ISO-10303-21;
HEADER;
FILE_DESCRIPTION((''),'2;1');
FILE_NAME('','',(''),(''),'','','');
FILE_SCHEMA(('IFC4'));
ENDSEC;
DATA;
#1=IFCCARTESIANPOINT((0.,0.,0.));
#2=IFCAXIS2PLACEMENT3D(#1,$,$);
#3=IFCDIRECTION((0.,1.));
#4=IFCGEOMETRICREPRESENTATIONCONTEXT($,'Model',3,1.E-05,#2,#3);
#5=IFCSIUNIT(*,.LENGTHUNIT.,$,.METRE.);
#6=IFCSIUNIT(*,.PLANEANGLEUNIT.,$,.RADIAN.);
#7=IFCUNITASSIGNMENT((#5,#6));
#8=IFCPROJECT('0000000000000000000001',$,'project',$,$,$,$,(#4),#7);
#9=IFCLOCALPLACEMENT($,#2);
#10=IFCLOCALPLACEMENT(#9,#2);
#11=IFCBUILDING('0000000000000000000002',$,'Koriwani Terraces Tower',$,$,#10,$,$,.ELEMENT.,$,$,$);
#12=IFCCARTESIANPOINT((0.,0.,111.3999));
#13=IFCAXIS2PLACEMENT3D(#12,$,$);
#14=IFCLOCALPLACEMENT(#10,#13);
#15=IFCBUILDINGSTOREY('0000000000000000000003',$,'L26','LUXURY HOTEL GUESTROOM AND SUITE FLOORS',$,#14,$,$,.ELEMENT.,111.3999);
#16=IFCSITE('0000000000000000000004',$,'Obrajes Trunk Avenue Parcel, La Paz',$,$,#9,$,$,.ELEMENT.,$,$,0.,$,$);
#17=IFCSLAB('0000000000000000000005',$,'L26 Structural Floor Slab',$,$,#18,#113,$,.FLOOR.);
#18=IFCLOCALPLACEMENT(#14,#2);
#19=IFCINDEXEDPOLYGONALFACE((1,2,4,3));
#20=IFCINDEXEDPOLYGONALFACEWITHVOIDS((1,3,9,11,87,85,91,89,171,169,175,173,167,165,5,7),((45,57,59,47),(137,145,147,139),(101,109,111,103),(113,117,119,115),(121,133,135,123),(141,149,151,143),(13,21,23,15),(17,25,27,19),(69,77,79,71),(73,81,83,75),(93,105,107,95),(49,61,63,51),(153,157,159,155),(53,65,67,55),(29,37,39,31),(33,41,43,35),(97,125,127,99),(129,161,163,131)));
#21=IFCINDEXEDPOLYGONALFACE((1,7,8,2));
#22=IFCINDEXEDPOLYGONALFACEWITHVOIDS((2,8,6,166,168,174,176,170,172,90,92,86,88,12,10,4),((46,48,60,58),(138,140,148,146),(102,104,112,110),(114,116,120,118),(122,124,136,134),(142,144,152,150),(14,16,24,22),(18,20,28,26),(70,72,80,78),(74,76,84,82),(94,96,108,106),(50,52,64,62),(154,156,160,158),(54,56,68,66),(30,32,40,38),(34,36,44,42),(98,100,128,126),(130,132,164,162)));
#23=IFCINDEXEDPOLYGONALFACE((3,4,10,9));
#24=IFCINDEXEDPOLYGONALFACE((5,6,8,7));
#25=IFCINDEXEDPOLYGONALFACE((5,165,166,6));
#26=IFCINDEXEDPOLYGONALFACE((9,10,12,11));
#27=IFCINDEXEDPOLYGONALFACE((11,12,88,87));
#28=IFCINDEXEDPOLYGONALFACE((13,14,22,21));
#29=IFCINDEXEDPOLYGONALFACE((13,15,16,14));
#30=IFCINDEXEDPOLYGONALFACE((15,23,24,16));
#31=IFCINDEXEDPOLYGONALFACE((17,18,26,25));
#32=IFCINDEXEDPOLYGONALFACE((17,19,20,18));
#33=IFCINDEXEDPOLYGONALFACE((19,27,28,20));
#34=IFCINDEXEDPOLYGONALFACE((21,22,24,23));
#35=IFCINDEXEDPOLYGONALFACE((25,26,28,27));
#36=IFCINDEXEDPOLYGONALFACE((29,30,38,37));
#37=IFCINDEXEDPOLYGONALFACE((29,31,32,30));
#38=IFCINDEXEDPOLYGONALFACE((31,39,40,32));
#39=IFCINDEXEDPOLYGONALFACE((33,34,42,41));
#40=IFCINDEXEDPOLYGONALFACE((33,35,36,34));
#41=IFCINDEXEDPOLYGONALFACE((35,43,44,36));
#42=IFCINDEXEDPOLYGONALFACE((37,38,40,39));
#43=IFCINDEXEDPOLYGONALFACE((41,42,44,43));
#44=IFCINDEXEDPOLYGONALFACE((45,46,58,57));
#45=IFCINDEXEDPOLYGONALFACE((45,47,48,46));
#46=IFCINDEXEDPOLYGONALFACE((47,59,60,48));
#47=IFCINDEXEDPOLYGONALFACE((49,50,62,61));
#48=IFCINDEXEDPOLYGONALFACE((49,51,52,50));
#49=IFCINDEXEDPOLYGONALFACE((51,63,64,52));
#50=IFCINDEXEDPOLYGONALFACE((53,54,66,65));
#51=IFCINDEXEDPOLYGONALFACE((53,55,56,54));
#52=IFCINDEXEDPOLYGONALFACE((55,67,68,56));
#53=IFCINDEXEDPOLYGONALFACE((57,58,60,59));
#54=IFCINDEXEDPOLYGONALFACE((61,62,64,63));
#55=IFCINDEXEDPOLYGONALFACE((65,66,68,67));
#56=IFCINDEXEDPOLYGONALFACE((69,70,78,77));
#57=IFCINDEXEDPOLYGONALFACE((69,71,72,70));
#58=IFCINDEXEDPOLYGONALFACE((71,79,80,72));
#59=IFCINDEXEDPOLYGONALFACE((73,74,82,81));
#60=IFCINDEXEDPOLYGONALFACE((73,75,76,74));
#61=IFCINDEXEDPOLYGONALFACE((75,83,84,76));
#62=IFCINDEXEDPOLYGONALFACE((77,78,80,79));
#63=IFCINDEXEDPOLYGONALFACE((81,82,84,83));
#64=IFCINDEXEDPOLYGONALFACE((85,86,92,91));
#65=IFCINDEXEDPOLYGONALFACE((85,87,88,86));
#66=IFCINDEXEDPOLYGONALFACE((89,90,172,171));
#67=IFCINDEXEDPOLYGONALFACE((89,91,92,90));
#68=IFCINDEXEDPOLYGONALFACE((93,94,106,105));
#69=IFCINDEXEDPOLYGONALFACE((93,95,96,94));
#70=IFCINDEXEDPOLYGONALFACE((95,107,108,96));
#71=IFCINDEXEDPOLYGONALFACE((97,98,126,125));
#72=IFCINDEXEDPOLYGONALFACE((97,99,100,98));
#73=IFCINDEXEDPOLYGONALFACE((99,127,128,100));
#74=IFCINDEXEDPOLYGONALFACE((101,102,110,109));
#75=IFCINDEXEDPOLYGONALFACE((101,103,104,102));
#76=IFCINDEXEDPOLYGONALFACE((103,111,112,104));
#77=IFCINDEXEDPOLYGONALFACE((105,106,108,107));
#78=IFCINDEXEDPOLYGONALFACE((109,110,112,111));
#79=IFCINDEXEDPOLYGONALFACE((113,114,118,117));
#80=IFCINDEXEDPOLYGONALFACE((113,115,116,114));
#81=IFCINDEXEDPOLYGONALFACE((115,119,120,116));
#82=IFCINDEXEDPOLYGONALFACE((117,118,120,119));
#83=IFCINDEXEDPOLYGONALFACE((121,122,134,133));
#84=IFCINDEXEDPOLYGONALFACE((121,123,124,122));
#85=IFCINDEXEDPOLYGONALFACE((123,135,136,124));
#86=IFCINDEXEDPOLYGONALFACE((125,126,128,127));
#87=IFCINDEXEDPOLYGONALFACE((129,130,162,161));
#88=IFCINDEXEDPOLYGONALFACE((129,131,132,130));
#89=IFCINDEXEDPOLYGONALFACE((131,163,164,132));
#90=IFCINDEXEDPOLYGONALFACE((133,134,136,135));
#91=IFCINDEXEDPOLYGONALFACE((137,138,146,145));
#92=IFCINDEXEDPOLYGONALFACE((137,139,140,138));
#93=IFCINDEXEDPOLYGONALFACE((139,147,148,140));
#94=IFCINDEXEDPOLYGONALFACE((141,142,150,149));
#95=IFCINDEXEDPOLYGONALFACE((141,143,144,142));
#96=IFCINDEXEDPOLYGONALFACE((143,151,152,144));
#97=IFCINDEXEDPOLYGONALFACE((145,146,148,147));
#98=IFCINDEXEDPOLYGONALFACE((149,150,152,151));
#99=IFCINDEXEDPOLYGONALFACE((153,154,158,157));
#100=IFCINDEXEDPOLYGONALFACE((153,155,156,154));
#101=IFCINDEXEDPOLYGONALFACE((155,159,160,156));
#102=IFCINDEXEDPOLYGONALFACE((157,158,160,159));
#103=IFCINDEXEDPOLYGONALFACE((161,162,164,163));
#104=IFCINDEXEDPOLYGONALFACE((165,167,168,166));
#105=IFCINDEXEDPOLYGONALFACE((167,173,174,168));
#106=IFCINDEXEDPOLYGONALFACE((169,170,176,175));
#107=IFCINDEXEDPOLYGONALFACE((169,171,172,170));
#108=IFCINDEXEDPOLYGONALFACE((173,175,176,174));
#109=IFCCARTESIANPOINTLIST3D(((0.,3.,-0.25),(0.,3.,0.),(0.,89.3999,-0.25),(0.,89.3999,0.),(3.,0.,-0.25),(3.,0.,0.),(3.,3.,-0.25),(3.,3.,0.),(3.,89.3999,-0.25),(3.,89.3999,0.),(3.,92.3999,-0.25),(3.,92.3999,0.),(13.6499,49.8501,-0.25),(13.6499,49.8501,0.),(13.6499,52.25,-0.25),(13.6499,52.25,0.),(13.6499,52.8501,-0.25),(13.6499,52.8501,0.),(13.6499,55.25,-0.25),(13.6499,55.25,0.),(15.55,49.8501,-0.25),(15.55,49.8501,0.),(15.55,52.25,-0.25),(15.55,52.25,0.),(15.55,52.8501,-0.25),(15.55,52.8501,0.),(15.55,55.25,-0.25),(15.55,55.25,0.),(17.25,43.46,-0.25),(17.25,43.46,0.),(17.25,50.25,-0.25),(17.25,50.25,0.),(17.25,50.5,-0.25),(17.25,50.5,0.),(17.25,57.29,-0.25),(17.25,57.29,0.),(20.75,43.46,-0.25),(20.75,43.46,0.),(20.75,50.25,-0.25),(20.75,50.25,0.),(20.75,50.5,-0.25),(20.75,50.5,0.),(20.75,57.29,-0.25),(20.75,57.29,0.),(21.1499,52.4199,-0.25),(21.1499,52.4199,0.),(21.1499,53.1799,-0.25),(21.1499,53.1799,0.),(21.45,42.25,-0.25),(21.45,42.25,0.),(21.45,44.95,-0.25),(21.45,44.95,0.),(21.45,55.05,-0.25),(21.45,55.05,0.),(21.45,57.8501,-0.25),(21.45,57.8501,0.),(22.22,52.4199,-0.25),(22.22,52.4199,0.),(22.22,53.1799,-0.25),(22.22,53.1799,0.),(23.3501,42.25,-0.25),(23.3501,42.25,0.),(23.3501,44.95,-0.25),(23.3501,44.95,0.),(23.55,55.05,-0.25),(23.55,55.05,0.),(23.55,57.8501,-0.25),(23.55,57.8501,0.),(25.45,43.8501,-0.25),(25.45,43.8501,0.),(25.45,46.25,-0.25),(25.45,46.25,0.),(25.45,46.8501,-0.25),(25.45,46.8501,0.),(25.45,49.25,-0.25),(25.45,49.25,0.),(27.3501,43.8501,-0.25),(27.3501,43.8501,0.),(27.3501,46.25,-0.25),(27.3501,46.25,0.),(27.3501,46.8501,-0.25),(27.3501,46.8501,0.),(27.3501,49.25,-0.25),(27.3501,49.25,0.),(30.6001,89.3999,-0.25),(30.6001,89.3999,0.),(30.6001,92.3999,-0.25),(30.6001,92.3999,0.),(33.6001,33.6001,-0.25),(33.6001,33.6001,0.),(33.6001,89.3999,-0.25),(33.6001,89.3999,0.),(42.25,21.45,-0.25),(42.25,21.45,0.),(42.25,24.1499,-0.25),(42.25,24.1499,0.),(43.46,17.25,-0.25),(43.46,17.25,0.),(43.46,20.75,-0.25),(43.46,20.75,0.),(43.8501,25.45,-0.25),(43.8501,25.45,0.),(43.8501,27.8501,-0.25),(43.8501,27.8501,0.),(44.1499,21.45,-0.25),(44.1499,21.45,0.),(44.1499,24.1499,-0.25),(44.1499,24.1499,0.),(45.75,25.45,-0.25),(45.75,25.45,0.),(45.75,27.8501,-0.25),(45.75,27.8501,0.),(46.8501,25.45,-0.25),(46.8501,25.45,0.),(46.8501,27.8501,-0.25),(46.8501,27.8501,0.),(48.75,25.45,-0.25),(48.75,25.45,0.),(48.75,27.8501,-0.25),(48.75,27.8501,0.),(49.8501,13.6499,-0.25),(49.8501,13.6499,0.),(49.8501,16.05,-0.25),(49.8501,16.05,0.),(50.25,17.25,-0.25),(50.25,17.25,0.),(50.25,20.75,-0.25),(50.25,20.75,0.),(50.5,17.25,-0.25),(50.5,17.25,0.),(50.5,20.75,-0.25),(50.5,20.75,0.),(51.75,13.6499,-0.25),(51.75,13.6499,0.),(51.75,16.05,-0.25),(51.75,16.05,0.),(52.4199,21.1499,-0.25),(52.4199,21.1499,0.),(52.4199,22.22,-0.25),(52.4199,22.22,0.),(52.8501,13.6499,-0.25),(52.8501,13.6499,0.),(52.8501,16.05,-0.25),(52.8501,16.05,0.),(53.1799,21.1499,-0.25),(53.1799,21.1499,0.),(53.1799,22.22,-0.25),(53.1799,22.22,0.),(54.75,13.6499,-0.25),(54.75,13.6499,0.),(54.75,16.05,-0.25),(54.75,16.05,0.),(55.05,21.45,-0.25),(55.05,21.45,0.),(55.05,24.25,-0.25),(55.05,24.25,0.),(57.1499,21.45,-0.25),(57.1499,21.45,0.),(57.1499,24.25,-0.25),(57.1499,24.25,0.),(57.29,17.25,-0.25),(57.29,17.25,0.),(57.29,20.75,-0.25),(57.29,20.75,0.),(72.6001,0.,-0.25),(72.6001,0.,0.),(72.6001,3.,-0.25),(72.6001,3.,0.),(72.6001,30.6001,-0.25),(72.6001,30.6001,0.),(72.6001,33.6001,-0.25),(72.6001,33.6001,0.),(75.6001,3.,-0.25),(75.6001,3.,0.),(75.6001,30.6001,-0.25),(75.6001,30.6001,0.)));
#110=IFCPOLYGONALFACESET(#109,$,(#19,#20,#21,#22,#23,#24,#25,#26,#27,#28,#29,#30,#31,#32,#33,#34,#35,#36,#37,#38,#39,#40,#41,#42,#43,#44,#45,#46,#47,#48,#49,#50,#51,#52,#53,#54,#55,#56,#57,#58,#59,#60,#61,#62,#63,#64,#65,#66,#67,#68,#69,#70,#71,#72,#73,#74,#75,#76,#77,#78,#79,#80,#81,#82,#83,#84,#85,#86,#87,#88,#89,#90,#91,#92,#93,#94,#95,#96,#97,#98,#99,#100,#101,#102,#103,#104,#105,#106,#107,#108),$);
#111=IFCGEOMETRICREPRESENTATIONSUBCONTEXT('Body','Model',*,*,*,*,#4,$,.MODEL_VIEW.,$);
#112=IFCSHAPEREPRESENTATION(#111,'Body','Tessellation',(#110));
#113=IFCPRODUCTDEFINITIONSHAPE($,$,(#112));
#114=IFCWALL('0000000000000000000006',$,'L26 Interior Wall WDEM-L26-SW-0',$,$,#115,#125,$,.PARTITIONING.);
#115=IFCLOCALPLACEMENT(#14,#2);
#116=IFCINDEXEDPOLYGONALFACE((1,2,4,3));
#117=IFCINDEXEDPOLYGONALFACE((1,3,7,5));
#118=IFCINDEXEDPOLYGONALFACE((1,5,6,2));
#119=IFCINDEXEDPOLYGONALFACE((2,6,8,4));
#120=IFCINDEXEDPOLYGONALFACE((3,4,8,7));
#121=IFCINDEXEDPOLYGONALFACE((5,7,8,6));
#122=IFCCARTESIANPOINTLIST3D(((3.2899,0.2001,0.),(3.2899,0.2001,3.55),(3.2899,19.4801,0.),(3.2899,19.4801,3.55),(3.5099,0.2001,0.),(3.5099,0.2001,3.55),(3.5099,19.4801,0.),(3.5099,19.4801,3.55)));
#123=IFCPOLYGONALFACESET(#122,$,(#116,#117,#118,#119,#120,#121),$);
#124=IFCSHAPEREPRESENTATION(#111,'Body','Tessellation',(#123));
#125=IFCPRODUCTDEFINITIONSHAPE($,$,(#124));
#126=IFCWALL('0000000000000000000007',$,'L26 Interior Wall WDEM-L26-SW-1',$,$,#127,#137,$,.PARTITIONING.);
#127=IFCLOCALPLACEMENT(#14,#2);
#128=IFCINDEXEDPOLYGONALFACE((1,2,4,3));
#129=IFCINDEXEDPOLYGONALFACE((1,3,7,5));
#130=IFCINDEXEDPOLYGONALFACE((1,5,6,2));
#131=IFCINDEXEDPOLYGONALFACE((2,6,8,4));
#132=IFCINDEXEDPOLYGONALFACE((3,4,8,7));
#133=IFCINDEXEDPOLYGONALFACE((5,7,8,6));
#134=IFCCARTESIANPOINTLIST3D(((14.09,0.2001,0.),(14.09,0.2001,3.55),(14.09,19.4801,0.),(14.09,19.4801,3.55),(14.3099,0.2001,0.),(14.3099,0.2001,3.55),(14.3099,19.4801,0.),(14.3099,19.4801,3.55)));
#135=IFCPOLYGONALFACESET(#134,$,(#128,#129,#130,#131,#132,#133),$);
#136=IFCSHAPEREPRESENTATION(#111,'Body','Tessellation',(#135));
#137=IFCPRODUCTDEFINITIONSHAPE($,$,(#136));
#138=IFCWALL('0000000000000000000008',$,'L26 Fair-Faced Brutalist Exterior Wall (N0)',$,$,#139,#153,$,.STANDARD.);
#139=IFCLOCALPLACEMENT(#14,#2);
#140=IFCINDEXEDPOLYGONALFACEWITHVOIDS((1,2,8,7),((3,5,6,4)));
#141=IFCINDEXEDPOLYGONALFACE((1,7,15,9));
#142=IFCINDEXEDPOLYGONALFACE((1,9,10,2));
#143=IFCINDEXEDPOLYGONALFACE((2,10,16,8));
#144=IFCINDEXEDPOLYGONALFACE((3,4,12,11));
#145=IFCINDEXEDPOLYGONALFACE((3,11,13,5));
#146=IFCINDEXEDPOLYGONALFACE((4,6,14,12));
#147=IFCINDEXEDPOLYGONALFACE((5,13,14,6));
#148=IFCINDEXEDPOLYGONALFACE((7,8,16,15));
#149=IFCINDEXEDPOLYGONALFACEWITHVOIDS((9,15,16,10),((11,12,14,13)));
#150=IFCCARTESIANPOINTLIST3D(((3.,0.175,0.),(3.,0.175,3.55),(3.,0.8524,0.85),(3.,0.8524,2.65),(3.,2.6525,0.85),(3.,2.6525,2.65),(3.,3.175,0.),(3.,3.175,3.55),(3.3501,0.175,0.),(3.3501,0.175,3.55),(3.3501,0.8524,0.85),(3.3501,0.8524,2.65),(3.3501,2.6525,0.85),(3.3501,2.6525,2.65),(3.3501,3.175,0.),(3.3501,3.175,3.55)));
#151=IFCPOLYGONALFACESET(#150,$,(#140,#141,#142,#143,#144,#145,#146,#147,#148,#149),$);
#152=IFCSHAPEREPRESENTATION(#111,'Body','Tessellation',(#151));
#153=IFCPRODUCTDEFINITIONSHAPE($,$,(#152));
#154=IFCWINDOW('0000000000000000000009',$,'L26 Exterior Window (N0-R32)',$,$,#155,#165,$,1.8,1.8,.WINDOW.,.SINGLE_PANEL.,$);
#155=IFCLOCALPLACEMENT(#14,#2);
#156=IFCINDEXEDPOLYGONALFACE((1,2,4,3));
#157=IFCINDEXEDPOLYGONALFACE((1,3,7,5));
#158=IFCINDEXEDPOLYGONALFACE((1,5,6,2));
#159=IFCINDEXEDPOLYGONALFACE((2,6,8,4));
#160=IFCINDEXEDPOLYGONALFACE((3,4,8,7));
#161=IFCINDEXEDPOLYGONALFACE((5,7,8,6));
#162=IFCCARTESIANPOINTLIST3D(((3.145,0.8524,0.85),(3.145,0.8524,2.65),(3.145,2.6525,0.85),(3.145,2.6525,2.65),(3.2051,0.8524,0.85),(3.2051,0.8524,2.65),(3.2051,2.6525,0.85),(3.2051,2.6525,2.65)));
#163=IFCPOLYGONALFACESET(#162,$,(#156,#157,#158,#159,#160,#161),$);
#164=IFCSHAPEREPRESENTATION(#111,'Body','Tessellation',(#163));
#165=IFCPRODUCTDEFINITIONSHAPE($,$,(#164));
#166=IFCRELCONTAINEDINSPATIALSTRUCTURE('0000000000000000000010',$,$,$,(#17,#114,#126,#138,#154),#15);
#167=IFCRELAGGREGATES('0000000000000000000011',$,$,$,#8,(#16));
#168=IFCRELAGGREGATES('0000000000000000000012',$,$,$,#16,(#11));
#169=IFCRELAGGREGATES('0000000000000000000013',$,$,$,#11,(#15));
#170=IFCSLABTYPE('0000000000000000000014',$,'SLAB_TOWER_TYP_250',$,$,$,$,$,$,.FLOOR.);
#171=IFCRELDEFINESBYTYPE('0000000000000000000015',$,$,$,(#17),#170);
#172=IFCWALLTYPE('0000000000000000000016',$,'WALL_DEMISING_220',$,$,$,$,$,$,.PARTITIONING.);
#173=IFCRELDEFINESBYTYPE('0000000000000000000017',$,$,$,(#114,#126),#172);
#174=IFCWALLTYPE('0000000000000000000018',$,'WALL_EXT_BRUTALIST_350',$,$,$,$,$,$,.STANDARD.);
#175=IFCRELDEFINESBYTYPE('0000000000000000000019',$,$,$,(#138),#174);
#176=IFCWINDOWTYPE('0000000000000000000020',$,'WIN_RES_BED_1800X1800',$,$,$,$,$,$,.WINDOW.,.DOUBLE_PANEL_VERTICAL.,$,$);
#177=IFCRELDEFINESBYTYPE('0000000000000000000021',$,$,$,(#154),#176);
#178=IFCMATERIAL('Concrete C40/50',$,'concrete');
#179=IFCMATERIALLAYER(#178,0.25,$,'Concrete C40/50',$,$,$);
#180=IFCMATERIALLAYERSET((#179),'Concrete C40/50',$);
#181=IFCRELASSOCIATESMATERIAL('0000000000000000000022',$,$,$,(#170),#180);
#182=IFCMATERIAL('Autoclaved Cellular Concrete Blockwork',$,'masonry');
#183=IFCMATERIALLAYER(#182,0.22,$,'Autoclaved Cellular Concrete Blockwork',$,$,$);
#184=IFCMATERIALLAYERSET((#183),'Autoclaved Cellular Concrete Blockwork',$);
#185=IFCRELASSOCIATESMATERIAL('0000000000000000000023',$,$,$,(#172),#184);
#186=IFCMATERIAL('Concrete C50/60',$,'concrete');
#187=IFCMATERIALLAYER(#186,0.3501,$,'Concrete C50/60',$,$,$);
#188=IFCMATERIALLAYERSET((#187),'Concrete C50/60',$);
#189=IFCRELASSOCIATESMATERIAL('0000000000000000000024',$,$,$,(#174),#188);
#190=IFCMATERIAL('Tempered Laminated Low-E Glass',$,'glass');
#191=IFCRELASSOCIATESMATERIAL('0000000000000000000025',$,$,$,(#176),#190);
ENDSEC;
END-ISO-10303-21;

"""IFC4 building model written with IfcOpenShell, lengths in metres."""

from ifc_helpers import new_model, si_unit, direction, frame, frame_2d, origin, place, context, subcontext, project, spatial, polyline, rectangle, outline, extrude, material, layer, layer_set, type_object, element, fill, save


model = new_model("IFC4")

# Units and contexts
model_context = context("Model", 3, precision=1e-05, world=origin(), true_north=direction((0.0, 1.0)))
body_context = subcontext(model_context, "Body", "Model", "MODEL_VIEW")
ifc_project = project(units=[si_unit("LENGTHUNIT", "METRE"), si_unit("PLANEANGLEUNIT", "RADIAN")], contexts=[model_context])

# Site, building, storey
site_placement = place(None, origin())
site = spatial("IfcSite", under=ifc_project, at=site_placement, Name="Obrajes Trunk Avenue Parcel, La Paz", CompositionType="ELEMENT", RefElevation=0.0)
building_placement = place(site_placement, origin())
building = spatial("IfcBuilding", under=site, at=building_placement, Name="Koriwani Terraces Tower", CompositionType="ELEMENT")
storey_placement = place(building_placement, frame((0.0, 0.0, 111.3999)))
storey = spatial("IfcBuildingStorey", under=building, at=storey_placement, Name="L26", Description="LUXURY HOTEL GUESTROOM AND SUITE FLOORS", CompositionType="ELEMENT", Elevation=111.3999)

# Shared definitions
ifc_material_1 = material(Name="Concrete C40/50", Category="concrete")
ifc_material_2 = material(Name="Concrete C50/60", Category="concrete")

# Slab
ifc_layer_1 = layer(ifc_material_1, 0.25, Name="Concrete C40/50")
ifc_layer_set_1 = layer_set([ifc_layer_1], Name="Concrete C40/50")
slab_type_1 = type_object("IfcSlabType", Name="SLAB_TOWER_TYP_250", PredefinedType="FLOOR", material=ifc_layer_set_1)
slab_1_placement = place(storey_placement, frame((0.0, 0.0, -0.25)))
element("IfcSlab", 1, at=slab_1_placement, inside=storey, type_object=slab_type_1, Name="L26 Structural Floor Slab", PredefinedType="FLOOR", context=body_context, shape_type="SweptSolid", body=[
    extrude(outline(polyline([(3.0, 0.0), (72.6001, 0.0), (72.6001, 3.0), (75.6001, 3.0), (75.6001, 30.6001), (72.6001, 30.6001), (72.6001, 33.6001), (33.6001, 33.6001), (33.6001, 89.3999), (30.6001, 89.3999), (30.6001, 92.3999), (3.0, 92.3999), (3.0, 89.3999), (0.0, 89.3999), (0.0, 3.0), (3.0, 3.0), (3.0, 0.0)]), holes=[polyline([(17.25, 43.46), (20.75, 43.46), (20.75, 50.25), (17.25, 50.25), (17.25, 43.46)]), polyline([(17.25, 50.5), (20.75, 50.5), (20.75, 57.29), (17.25, 57.29), (17.25, 50.5)]), polyline([(43.46, 17.25), (50.25, 17.25), (50.25, 20.75), (43.46, 20.75), (43.46, 17.25)]), polyline([(50.5, 17.25), (57.29, 17.25), (57.29, 20.75), (50.5, 20.75), (50.5, 17.25)]), polyline([(13.6499, 49.8501), (15.55, 49.8501), (15.55, 52.25), (13.6499, 52.25), (13.6499, 49.8501)]), polyline([(13.6499, 52.8501), (15.55, 52.8501), (15.55, 55.25), (13.6499, 55.25), (13.6499, 52.8501)]), polyline([(49.8501, 13.6499), (51.75, 13.6499), (51.75, 16.05), (49.8501, 16.05), (49.8501, 13.6499)]), polyline([(52.8501, 13.6499), (54.75, 13.6499), (54.75, 16.05), (52.8501, 16.05), (52.8501, 13.6499)]), polyline([(25.45, 43.8501), (27.3501, 43.8501), (27.3501, 46.25), (25.45, 46.25), (25.45, 43.8501)]), polyline([(25.45, 46.8501), (27.3501, 46.8501), (27.3501, 49.25), (25.45, 49.25), (25.45, 46.8501)]), polyline([(43.8501, 25.45), (45.75, 25.45), (45.75, 27.8501), (43.8501, 27.8501), (43.8501, 25.45)]), polyline([(46.8501, 25.45), (48.75, 25.45), (48.75, 27.8501), (46.8501, 27.8501), (46.8501, 25.45)]), polyline([(21.45, 55.05), (23.55, 55.05), (23.55, 57.8501), (21.45, 57.8501), (21.45, 55.05)]), polyline([(55.05, 21.45), (57.1499, 21.45), (57.1499, 24.25), (55.05, 24.25), (55.05, 21.45)]), polyline([(21.45, 42.25), (23.3501, 42.25), (23.3501, 44.95), (21.45, 44.95), (21.45, 42.25)]), polyline([(42.25, 21.45), (44.1499, 21.45), (44.1499, 24.1499), (42.25, 24.1499), (42.25, 21.45)]), polyline([(21.1499, 52.4199), (22.22, 52.4199), (22.22, 53.1799), (21.1499, 53.1799), (21.1499, 52.4199)]), polyline([(52.4199, 21.1499), (53.1799, 21.1499), (53.1799, 22.22), (52.4199, 22.22), (52.4199, 21.1499)])]), origin(), (0.0, 0.0, 1.0), 0.25),
])

# Walls
ifc_material_3 = material(Name="Autoclaved Cellular Concrete Blockwork", Category="masonry")
ifc_layer_2 = layer(ifc_material_3, 0.22, Name="Autoclaved Cellular Concrete Blockwork")
ifc_layer_set_2 = layer_set([ifc_layer_2], Name="Autoclaved Cellular Concrete Blockwork")
wall_type_1 = type_object("IfcWallType", Name="WALL_DEMISING_220", PredefinedType="PARTITIONING", material=ifc_layer_set_2)
for number, where, z_axis, x_axis, name in (
    (2, (3.3999, 0.2, 0.0), (0.0, 0.0, 1.0), (0.0, 1.0, 0.0), "L26 Interior Wall WDEM-L26-SW-0"),
    (3, (14.2, 0.2, 0.0), (0.0, 0.0, 1.0), (0.0, 1.0, 0.0), "L26 Interior Wall WDEM-L26-SW-1"),
):
    element("IfcWall", number, at=place(storey_placement, frame(where, z_axis=z_axis, x_axis=x_axis)), inside=storey, type_object=wall_type_1, Name=name, PredefinedType="PARTITIONING", context=body_context, shape_type="SweptSolid", body=[
        extrude(rectangle(XDim=19.28, YDim=0.22, at=frame_2d((9.6401, 0.0))), origin(), (0.0, 0.0, 1.0), 3.55),
    ])

# Wall, opening, window
ifc_layer_3 = layer(ifc_material_2, 0.3501, Name="Concrete C50/60")
ifc_layer_set_3 = layer_set([ifc_layer_3], Name="Concrete C50/60")
wall_type_2 = type_object("IfcWallType", Name="WALL_EXT_BRUTALIST_350", PredefinedType="STANDARD", material=ifc_layer_set_3)
wall_1_placement = place(storey_placement, frame((3.175, 0.175, 0.0), z_axis=(0.0, 0.0, 1.0), x_axis=(0.0, 1.0, 0.0)))
wall_1 = element("IfcWall", 4, at=wall_1_placement, inside=storey, type_object=wall_type_2, Name="L26 Fair-Faced Brutalist Exterior Wall (N0)", PredefinedType="STANDARD", context=body_context, shape_type="SweptSolid", body=[
    extrude(rectangle(XDim=3.0, YDim=0.3501, at=frame_2d((1.5, 0.0))), origin(), (0.0, 0.0, 1.0), 3.55),
])
opening_1_placement = place(wall_1_placement, frame((0.6775, 0.0, 0.8501)))
opening_1 = element("IfcOpeningElement", 5, at=opening_1_placement, cuts=wall_1, PredefinedType="OPENING", context=body_context, shape_type="SweptSolid", body=[
    extrude(rectangle(XDim=1.8, YDim=1.8, at=frame_2d((0.8999, 0.8999))), frame((0.0, 0.1851, 0.0), z_axis=(0.0, -1.0, 0.0), x_axis=(1.0, 0.0, 0.0)), (0.0, 0.0, 1.0), 0.3701),
])
ifc_material_4 = material(Name="Tempered Laminated Low-E Glass", Category="glass")
window_type_1 = type_object("IfcWindowType", Name="WIN_RES_BED_1800X1800", PartitioningType="DOUBLE_PANEL_VERTICAL", PredefinedType="WINDOW", material=ifc_material_4)
window_1_placement = place(opening_1_placement, origin())
window_1 = element("IfcWindow", 6, at=window_1_placement, inside=storey, type_object=window_type_1, Name="L26 Exterior Window (N0-R32)", OverallHeight=1.8, OverallWidth=1.8, PartitioningType="SINGLE_PANEL", PredefinedType="WINDOW", context=body_context, shape_type="SweptSolid", body=[
    extrude(rectangle(XDim=1.8, YDim=1.8, at=frame_2d((0.8999, 0.8999))), frame((0.0, 0.03, 0.0), z_axis=(0.0, -1.0, 0.0), x_axis=(1.0, 0.0, 0.0)), (0.0, 0.0, 1.0), 0.0601),
])
fill(opening_1, window_1)

save(model, "model.ifc")
